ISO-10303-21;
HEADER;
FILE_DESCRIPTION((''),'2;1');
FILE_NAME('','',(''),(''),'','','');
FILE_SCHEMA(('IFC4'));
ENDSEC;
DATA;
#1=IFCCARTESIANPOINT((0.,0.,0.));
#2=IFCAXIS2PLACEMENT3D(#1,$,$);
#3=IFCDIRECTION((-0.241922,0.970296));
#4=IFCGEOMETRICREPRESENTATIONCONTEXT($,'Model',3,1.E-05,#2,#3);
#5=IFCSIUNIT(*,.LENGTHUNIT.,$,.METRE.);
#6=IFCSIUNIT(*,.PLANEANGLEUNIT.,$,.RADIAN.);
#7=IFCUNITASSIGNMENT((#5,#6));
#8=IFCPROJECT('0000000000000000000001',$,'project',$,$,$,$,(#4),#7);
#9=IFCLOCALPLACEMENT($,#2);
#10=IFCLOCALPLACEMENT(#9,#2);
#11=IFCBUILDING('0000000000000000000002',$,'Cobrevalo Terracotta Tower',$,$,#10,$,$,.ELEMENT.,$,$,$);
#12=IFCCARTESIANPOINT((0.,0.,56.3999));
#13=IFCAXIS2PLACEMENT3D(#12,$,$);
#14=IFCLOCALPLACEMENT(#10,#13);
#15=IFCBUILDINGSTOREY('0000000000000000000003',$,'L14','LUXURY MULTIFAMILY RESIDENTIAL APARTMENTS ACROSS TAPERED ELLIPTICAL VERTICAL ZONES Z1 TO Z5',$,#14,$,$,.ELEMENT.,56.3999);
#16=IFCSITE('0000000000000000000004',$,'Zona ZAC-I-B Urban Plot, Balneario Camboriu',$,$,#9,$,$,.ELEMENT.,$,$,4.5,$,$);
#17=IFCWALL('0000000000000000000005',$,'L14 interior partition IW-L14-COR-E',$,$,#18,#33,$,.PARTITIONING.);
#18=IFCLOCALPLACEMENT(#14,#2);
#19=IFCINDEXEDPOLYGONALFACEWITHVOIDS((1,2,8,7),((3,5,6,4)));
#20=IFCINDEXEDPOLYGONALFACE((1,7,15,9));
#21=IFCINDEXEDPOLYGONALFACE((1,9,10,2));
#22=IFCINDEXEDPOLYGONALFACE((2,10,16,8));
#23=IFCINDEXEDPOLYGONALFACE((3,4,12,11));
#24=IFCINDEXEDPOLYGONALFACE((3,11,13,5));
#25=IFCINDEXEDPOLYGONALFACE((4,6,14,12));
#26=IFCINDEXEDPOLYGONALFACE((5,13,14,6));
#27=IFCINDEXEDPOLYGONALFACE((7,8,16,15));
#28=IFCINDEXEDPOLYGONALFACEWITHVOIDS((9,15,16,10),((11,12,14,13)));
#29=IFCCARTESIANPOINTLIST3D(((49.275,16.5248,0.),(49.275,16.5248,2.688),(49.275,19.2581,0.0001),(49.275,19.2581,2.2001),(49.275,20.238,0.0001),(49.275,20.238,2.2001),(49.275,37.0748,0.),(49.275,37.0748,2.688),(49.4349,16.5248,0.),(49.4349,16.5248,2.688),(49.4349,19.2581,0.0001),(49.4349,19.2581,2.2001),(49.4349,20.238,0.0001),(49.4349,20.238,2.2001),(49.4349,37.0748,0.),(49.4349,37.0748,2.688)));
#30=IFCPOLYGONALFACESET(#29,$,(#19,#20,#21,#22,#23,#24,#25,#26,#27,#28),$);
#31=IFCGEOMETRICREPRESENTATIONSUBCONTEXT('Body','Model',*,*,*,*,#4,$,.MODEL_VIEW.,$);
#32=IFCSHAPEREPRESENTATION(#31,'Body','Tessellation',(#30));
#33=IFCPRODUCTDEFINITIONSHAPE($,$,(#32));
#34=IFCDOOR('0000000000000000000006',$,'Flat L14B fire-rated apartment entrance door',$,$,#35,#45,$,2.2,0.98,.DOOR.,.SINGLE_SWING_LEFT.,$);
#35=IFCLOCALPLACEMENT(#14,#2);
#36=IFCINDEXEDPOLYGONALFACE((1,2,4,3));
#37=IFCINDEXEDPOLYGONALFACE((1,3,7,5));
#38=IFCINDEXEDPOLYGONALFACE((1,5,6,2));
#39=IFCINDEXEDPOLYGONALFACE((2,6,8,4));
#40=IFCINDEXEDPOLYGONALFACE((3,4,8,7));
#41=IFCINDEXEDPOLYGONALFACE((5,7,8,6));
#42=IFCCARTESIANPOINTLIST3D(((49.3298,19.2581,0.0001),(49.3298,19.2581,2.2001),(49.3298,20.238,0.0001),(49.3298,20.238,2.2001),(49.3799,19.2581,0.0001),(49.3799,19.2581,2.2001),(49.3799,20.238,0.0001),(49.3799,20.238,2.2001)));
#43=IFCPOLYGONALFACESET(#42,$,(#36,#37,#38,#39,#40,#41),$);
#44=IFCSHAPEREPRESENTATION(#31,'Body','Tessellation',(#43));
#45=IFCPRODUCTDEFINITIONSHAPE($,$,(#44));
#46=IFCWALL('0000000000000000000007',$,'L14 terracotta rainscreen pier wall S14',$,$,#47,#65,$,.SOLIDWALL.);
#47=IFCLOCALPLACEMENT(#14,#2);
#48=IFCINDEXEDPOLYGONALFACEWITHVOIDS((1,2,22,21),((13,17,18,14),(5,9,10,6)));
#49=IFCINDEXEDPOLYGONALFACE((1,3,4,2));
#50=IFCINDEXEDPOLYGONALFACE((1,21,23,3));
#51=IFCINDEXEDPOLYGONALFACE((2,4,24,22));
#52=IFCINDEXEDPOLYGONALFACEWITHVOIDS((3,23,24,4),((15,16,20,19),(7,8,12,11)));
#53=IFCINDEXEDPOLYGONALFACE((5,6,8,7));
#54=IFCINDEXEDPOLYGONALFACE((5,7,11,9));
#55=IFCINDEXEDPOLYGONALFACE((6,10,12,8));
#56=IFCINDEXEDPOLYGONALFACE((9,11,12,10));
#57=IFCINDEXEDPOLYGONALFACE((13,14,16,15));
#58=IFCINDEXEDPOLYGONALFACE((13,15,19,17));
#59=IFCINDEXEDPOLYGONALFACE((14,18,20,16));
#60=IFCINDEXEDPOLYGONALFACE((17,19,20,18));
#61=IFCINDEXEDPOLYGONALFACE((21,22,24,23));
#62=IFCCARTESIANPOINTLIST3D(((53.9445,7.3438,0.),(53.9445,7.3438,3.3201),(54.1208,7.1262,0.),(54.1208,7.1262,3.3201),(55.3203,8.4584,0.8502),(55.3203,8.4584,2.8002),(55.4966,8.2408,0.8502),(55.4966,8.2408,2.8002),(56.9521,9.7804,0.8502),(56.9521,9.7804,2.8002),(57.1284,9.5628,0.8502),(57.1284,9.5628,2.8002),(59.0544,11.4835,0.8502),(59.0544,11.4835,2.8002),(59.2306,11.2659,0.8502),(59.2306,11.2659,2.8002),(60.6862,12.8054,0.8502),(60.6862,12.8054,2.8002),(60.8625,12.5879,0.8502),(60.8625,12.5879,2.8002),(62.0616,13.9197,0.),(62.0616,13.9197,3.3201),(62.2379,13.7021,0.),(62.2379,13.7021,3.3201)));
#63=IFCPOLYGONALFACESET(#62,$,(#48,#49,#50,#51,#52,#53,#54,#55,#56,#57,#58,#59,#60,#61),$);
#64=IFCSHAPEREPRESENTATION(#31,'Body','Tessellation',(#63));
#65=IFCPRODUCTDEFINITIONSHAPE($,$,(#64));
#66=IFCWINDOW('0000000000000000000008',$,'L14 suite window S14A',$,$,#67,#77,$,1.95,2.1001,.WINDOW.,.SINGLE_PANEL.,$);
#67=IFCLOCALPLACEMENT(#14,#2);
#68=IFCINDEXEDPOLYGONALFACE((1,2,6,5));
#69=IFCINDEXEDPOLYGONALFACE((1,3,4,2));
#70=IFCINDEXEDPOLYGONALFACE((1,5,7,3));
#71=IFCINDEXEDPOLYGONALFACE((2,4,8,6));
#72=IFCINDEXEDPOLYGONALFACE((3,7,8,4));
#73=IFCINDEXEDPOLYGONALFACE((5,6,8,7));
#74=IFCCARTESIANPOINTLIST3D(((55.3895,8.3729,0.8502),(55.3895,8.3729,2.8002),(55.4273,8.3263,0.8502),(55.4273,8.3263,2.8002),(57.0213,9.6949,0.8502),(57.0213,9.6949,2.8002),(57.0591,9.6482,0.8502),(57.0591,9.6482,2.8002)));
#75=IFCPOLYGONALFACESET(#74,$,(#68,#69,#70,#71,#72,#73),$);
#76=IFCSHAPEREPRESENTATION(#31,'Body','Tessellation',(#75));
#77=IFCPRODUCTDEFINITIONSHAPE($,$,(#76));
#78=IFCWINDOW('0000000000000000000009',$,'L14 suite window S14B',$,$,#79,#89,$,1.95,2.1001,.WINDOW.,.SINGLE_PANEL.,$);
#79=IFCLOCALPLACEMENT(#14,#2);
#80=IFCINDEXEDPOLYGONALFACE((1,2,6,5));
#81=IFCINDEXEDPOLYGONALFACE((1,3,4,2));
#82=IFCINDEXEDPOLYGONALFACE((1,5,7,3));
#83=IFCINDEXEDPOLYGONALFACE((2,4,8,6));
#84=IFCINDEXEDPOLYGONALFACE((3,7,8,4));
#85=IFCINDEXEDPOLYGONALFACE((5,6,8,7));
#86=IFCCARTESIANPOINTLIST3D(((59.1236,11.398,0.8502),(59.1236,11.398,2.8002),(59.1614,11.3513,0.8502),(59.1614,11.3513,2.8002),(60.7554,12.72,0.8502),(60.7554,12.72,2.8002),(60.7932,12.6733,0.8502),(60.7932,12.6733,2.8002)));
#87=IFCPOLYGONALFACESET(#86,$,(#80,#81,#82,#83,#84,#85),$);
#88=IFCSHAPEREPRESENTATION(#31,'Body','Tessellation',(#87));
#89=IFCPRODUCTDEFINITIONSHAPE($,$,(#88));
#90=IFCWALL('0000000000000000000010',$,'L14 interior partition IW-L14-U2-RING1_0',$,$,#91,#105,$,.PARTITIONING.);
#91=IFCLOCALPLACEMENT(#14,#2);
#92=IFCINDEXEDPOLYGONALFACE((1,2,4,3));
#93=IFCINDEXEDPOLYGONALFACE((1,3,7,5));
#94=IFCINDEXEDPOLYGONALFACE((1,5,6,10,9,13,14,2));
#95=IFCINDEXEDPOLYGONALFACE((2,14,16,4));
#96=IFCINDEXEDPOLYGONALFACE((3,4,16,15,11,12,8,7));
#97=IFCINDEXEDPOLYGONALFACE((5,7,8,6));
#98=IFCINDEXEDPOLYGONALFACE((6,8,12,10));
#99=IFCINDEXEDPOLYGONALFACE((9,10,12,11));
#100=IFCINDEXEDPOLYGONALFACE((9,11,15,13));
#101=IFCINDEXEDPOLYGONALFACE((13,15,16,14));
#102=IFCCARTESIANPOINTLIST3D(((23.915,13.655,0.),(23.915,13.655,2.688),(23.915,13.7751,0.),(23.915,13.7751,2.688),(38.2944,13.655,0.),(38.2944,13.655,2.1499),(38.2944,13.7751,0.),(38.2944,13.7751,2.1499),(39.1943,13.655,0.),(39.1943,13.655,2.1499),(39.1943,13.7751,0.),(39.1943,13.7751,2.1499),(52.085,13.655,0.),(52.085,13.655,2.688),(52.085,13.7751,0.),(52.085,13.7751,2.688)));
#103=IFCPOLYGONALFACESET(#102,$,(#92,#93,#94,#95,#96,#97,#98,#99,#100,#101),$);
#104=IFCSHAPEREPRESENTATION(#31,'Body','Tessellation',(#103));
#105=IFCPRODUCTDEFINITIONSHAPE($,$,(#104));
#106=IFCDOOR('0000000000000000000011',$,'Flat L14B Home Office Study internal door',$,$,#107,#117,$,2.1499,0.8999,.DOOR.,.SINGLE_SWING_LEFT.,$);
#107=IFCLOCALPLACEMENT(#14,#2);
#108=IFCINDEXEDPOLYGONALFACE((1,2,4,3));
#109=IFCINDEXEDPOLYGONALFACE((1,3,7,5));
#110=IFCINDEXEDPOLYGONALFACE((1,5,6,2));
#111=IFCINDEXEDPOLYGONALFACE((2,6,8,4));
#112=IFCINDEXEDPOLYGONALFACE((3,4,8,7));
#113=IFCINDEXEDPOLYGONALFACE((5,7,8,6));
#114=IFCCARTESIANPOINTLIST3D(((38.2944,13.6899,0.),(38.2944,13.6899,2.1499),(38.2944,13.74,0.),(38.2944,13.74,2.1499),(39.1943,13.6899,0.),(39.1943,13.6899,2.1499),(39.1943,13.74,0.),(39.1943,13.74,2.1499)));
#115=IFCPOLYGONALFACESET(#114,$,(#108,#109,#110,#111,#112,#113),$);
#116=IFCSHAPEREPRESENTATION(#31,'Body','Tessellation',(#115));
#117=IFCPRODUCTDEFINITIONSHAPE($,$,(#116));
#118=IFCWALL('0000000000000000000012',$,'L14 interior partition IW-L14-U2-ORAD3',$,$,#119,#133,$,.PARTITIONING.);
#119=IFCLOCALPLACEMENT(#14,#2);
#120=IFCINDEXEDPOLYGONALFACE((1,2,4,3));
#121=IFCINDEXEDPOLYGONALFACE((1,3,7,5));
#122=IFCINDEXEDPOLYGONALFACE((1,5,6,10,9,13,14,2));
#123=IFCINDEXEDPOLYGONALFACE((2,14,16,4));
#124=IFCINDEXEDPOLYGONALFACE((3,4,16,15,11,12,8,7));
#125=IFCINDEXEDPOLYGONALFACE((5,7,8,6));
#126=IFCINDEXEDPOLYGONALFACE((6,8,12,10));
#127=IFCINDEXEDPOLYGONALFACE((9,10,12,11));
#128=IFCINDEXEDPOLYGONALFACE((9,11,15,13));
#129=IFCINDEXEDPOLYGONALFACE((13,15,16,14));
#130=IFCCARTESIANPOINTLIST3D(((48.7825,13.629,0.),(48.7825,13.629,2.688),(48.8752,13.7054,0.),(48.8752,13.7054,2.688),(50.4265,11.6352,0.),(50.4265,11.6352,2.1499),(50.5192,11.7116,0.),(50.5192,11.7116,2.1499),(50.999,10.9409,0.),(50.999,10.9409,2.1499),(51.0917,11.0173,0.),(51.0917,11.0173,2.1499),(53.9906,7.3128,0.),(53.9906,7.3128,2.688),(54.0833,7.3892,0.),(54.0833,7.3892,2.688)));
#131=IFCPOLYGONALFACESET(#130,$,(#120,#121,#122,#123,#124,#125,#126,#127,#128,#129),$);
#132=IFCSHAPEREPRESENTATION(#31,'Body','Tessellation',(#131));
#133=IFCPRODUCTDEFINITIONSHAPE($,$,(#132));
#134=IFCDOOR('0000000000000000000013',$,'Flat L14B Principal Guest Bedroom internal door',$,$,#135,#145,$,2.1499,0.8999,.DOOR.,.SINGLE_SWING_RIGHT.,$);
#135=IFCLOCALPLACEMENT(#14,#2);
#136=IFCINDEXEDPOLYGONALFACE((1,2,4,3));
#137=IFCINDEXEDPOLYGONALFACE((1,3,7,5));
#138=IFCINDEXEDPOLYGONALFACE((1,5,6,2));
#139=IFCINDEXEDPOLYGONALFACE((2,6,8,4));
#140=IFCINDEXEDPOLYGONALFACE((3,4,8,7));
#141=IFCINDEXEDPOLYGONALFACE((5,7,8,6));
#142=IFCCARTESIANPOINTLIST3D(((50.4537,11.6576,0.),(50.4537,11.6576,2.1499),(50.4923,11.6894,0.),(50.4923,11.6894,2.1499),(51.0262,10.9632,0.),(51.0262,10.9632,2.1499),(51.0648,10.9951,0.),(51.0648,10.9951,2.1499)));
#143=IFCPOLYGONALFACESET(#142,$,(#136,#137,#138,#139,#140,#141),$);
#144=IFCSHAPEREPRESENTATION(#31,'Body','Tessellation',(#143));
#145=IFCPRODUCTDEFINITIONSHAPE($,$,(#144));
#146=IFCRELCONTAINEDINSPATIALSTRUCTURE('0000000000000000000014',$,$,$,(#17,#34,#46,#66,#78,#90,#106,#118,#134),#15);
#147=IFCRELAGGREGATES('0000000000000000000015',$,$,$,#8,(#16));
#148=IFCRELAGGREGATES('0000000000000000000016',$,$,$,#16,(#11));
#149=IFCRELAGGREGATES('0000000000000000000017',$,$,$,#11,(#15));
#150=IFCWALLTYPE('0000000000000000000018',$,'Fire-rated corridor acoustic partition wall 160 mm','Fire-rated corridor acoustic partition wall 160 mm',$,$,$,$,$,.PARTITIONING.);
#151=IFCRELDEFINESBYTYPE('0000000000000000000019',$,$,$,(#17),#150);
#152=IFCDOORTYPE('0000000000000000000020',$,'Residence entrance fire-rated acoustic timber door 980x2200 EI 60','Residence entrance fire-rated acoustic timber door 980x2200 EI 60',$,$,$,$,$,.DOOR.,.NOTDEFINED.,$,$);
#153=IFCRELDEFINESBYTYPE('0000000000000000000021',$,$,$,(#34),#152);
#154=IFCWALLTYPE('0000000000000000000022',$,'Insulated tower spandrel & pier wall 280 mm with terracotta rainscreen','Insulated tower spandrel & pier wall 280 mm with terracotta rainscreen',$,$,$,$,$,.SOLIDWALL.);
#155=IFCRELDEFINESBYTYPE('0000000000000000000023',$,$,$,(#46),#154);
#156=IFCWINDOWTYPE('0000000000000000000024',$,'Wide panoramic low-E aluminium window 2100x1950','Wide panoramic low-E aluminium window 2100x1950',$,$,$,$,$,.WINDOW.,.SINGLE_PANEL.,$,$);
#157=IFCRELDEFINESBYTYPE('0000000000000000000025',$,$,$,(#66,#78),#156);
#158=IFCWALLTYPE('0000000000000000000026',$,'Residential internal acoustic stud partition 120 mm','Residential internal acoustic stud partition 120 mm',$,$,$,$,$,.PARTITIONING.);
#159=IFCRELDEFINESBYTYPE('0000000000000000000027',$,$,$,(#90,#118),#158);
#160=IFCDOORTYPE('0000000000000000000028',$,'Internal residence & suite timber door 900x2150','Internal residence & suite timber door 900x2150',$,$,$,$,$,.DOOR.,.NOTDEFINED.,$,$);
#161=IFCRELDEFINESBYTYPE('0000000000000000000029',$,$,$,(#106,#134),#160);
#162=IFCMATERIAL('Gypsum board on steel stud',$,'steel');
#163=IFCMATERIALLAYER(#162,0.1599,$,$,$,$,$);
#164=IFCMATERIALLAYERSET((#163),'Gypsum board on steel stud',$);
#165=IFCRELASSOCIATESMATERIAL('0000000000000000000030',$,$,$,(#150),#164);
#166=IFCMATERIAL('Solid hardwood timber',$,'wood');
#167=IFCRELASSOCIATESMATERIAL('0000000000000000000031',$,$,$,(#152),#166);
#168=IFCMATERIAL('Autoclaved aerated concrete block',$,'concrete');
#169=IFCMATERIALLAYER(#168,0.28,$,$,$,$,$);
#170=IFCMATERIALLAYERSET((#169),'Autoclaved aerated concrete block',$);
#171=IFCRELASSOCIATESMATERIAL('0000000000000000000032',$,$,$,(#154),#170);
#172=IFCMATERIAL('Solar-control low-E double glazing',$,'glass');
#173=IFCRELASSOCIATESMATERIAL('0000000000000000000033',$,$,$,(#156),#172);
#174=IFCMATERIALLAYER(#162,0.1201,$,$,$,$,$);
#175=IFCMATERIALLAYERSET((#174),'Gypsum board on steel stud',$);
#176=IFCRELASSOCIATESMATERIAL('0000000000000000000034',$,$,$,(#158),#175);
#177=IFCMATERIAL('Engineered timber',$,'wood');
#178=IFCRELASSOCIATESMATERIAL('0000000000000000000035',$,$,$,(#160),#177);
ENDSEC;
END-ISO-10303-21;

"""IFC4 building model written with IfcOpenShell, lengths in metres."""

from ifc_helpers import new_model, si_unit, direction, frame, frame_2d, origin, place, context, subcontext, project, spatial, rectangle, extrude, source, transform, mapped, material, layer, layer_set, type_object, element, fill, save


model = new_model("IFC4")

# Units and contexts
model_context = context("Model", 3, precision=1e-05, world=origin(), true_north=direction((-0.241922, 0.970296)))
body_context = subcontext(model_context, "Body", "Model", "MODEL_VIEW")
ifc_project = project(units=[si_unit("LENGTHUNIT", "METRE"), si_unit("PLANEANGLEUNIT", "RADIAN")], contexts=[model_context])

# Site, building, storey
site_placement = place(None, origin())
site = spatial("IfcSite", under=ifc_project, at=site_placement, Name="Zona ZAC-I-B Urban Plot, Balneario Camboriu", CompositionType="ELEMENT", RefElevation=4.5)
building_placement = place(site_placement, origin())
building = spatial("IfcBuilding", under=site, at=building_placement, Name="Cobrevalo Terracotta Tower", CompositionType="ELEMENT")
storey_placement = place(building_placement, frame((0.0, 0.0, 56.3999)))
storey = spatial("IfcBuildingStorey", under=building, at=storey_placement, Name="L14", Description="LUXURY MULTIFAMILY RESIDENTIAL APARTMENTS ACROSS TAPERED ELLIPTICAL VERTICAL ZONES Z1 TO Z5", CompositionType="ELEMENT", Elevation=56.3999)

# Shared definitions
ifc_material_1 = material(Name="Solar-control low-E double glazing", Category="glass")

# Wall, opening, door
ifc_material_2 = material(Name="Gypsum board on steel stud", Category="steel")
ifc_layer_1 = layer(ifc_material_2, 0.1599)
ifc_layer_set_1 = layer_set([ifc_layer_1], Name="Gypsum board on steel stud")
wall_type_1 = type_object("IfcWallType", Name="Fire-rated corridor acoustic partition wall 160 mm", Description="Fire-rated corridor acoustic partition wall 160 mm", PredefinedType="PARTITIONING", material=ifc_layer_set_1)
wall_1_placement = place(storey_placement, frame((49.355, 16.5249, 0.0), z_axis=(0.0, 0.0, 1.0), x_axis=(0.0, 1.0, 0.0)))
wall_1 = element("IfcWall", 1, at=wall_1_placement, inside=storey, type_object=wall_type_1, Name="L14 interior partition IW-L14-COR-E", PredefinedType="PARTITIONING", context=body_context, shape_type="SweptSolid", body=[
    extrude(rectangle(XDim=20.55, YDim=0.1599, at=frame_2d((10.2749, 0.0))), origin(), (0.0, 0.0, 1.0), 2.688),
])
opening_1_placement = place(wall_1_placement, frame((2.7332, 0.0, 0.0)))
opening_1 = element("IfcOpeningElement", 2, at=opening_1_placement, cuts=wall_1, PredefinedType="OPENING", context=body_context, shape_type="SweptSolid", body=[
    extrude(rectangle(XDim=0.98, YDim=2.2, at=frame_2d((0.49, 1.1001))), frame((0.0, 0.0898, 0.0), z_axis=(0.0, -1.0, 0.0), x_axis=(1.0, 0.0, 0.0)), (0.0, 0.0, 1.0), 0.1799),
])
ifc_material_3 = material(Name="Solid hardwood timber", Category="wood")
door_type_1 = type_object("IfcDoorType", Name="Residence entrance fire-rated acoustic timber door 980x2200 EI 60", Description="Residence entrance fire-rated acoustic timber door 980x2200 EI 60", OperationType="NOTDEFINED", PredefinedType="DOOR", material=ifc_material_3)
shared_shape_1 = source(origin(), body_context, "Body", "SweptSolid", [
    extrude(rectangle(XDim=0.98, YDim=2.2, at=frame_2d((0.49, 1.1001))), frame((0.0, 0.0249, 0.0), z_axis=(0.0, -1.0, 0.0), x_axis=(1.0, 0.0, 0.0)), (0.0, 0.0, 1.0), 0.05),
])
door_1_placement = place(opening_1_placement, frame((0.98, 0.0, 0.0), z_axis=(0.0, 0.0, 1.0), x_axis=(-1.0, 0.0, 0.0)))
door_1 = element("IfcDoor", 3, at=door_1_placement, inside=storey, type_object=door_type_1, Name="Flat L14B fire-rated apartment entrance door", OperationType="SINGLE_SWING_LEFT", OverallHeight=2.2, OverallWidth=0.98, PredefinedType="DOOR", context=body_context, shape_type="MappedRepresentation", body=[
    mapped(shared_shape_1, transform((0.0, 0.0, 0.0), scale=1.0)),
])
fill(opening_1, door_1)

# Wall, openings, windows
ifc_material_4 = material(Name="Autoclaved aerated concrete block", Category="concrete")
ifc_layer_2 = layer(ifc_material_4, 0.28)
ifc_layer_set_2 = layer_set([ifc_layer_2], Name="Autoclaved aerated concrete block")
wall_type_2 = type_object("IfcWallType", Name="Insulated tower spandrel & pier wall 280 mm with terracotta rainscreen", Description="Insulated tower spandrel & pier wall 280 mm with terracotta rainscreen", PredefinedType="SOLIDWALL", material=ifc_layer_set_2)
wall_2_placement = place(storey_placement, frame((54.0327, 7.2351, 0.0), z_axis=(0.0, 0.0, 1.0), x_axis=(0.777017, 0.62948, 0.0)))
wall_2 = element("IfcWall", 4, at=wall_2_placement, inside=storey, type_object=wall_type_2, Name="L14 terracotta rainscreen pier wall S14", PredefinedType="SOLIDWALL", context=body_context, shape_type="SweptSolid", body=[
    extrude(rectangle(XDim=10.4465, YDim=0.28, at=frame_2d((5.2231, 0.0))), origin(), (0.0, 0.0, 1.0), 3.3201),
])
opening_2_placement = place(wall_2_placement, frame((1.7705, 0.0, 0.8501)))
opening_2 = element("IfcOpeningElement", 5, at=opening_2_placement, cuts=wall_2, PredefinedType="OPENING", context=body_context, shape_type="SweptSolid", body=[
    extrude(rectangle(XDim=2.1001, YDim=1.95, at=frame_2d((1.05, 0.9751))), frame((0.0, 0.1499, 0.0), z_axis=(0.0, -1.0, 0.0), x_axis=(1.0, 0.0, 0.0)), (0.0, 0.0, 1.0), 0.3),
])
opening_3_placement = place(wall_2_placement, frame((6.5762, 0.0, 0.8501)))
opening_3 = element("IfcOpeningElement", 6, at=opening_3_placement, cuts=wall_2, PredefinedType="OPENING", context=body_context, shape_type="SweptSolid", body=[
    extrude(rectangle(XDim=2.1001, YDim=1.95, at=frame_2d((1.05, 0.9751))), frame((0.0, 0.1499, 0.0), z_axis=(0.0, -1.0, 0.0), x_axis=(1.0, 0.0, 0.0)), (0.0, 0.0, 1.0), 0.3),
])
window_type = type_object("IfcWindowType", Name="Wide panoramic low-E aluminium window 2100x1950", Description="Wide panoramic low-E aluminium window 2100x1950", PartitioningType="SINGLE_PANEL", PredefinedType="WINDOW", material=ifc_material_1)
shared_shape_2 = source(origin(), body_context, "Body", "SweptSolid", [
    extrude(rectangle(XDim=2.1001, YDim=1.95, at=frame_2d((1.05, 0.9751))), frame((0.0, 0.03, 0.0), z_axis=(0.0, -1.0, 0.0), x_axis=(1.0, 0.0, 0.0)), (0.0, 0.0, 1.0), 0.0601),
])
window_1_placement = place(opening_2_placement, origin())
window_1 = element("IfcWindow", 7, at=window_1_placement, inside=storey, type_object=window_type, Name="L14 suite window S14A", OverallHeight=1.95, OverallWidth=2.1001, PartitioningType="SINGLE_PANEL", PredefinedType="WINDOW", context=body_context, shape_type="MappedRepresentation", body=[
    mapped(shared_shape_2, transform((0.0, 0.0, 0.0), scale=1.0)),
])
fill(opening_2, window_1)
window_2_placement = place(opening_3_placement, origin())
window_2 = element("IfcWindow", 8, at=window_2_placement, inside=storey, type_object=window_type, Name="L14 suite window S14B", OverallHeight=1.95, OverallWidth=2.1001, PartitioningType="SINGLE_PANEL", PredefinedType="WINDOW", context=body_context, shape_type="MappedRepresentation", body=[
    mapped(shared_shape_2, transform((0.0, 0.0, 0.0), scale=1.0)),
])
fill(opening_3, window_2)

# Walls, openings, doors
ifc_layer_3 = layer(ifc_material_2, 0.1201)
ifc_layer_set_3 = layer_set([ifc_layer_3], Name="Gypsum board on steel stud")
wall_type_3 = type_object("IfcWallType", Name="Residential internal acoustic stud partition 120 mm", Description="Residential internal acoustic stud partition 120 mm", PredefinedType="PARTITIONING", material=ifc_layer_set_3)
wall_3_placement = place(storey_placement, frame((52.085, 13.7151, 0.0), z_axis=(0.0, 0.0, 1.0), x_axis=(-1.0, 0.0, 0.0)))
wall_3 = element("IfcWall", 9, at=wall_3_placement, inside=storey, type_object=wall_type_3, Name="L14 interior partition IW-L14-U2-RING1_0", PredefinedType="PARTITIONING", context=body_context, shape_type="SweptSolid", body=[
    extrude(rectangle(XDim=28.1699, YDim=0.1201, at=frame_2d((14.085, 0.0))), origin(), (0.0, 0.0, 1.0), 2.688),
])
opening_4_placement = place(wall_3_placement, frame((12.8906, 0.0, 0.0)))
opening_4 = element("IfcOpeningElement", 10, at=opening_4_placement, cuts=wall_3, PredefinedType="OPENING", context=body_context, shape_type="SweptSolid", body=[
    extrude(rectangle(XDim=0.8999, YDim=2.1499, at=frame_2d((0.45, 1.075))), frame((0.0, 0.0701, 0.0), z_axis=(0.0, -1.0, 0.0), x_axis=(1.0, 0.0, 0.0)), (0.0, 0.0, 1.0), 0.1401),
])
ifc_material_5 = material(Name="Engineered timber", Category="wood")
door_type_2 = type_object("IfcDoorType", Name="Internal residence & suite timber door 900x2150", Description="Internal residence & suite timber door 900x2150", OperationType="NOTDEFINED", PredefinedType="DOOR", material=ifc_material_5)
shared_shape_3 = source(origin(), body_context, "Body", "SweptSolid", [
    extrude(rectangle(XDim=0.8999, YDim=2.1499, at=frame_2d((0.45, 1.075))), frame((0.0, 0.0249, 0.0), z_axis=(0.0, -1.0, 0.0), x_axis=(1.0, 0.0, 0.0)), (0.0, 0.0, 1.0), 0.05),
])
door_2_placement = place(opening_4_placement, frame((0.8999, 0.0, 0.0), z_axis=(0.0, 0.0, 1.0), x_axis=(-1.0, 0.0, 0.0)))
door_2 = element("IfcDoor", 11, at=door_2_placement, inside=storey, type_object=door_type_2, Name="Flat L14B Home Office Study internal door", OperationType="SINGLE_SWING_LEFT", OverallHeight=2.1499, OverallWidth=0.8999, PredefinedType="DOOR", context=body_context, shape_type="MappedRepresentation", body=[
    mapped(shared_shape_3, transform((0.0, 0.0, 0.0), scale=1.0)),
])
fill(opening_4, door_2)
wall_4_placement = place(storey_placement, frame((48.8289, 13.6672, 0.0), z_axis=(0.0, 0.0, 1.0), x_axis=(0.636178, -0.771543, 0.0)))
wall_4 = element("IfcWall", 12, at=wall_4_placement, inside=storey, type_object=wall_type_3, Name="L14 interior partition IW-L14-U2-ORAD3", PredefinedType="PARTITIONING", context=body_context, shape_type="SweptSolid", body=[
    extrude(rectangle(XDim=8.1865, YDim=0.1201, at=frame_2d((4.0933, 0.0))), origin(), (0.0, 0.0, 1.0), 2.688),
])
opening_5_placement = place(wall_4_placement, frame((2.5842, 0.0, 0.0)))
opening_5 = element("IfcOpeningElement", 13, at=opening_5_placement, cuts=wall_4, PredefinedType="OPENING", context=body_context, shape_type="SweptSolid", body=[
    extrude(rectangle(XDim=0.8999, YDim=2.1499, at=frame_2d((0.45, 1.075))), frame((0.0, 0.0701, 0.0), z_axis=(0.0, -1.0, 0.0), x_axis=(1.0, 0.0, 0.0)), (0.0, 0.0, 1.0), 0.1401),
])
door_3_placement = place(opening_5_placement, frame((0.8999, 0.0, 0.0), z_axis=(0.0, 0.0, 1.0), x_axis=(-1.0, 0.0, 0.0)))
door_3 = element("IfcDoor", 14, at=door_3_placement, inside=storey, type_object=door_type_2, Name="Flat L14B Principal Guest Bedroom internal door", OperationType="SINGLE_SWING_RIGHT", OverallHeight=2.1499, OverallWidth=0.8999, PredefinedType="DOOR", context=body_context, shape_type="MappedRepresentation", body=[
    mapped(shared_shape_3, transform((0.0, 0.0, 0.0), scale=1.0)),
])
fill(opening_5, door_3)

save(model, "model.ifc")
